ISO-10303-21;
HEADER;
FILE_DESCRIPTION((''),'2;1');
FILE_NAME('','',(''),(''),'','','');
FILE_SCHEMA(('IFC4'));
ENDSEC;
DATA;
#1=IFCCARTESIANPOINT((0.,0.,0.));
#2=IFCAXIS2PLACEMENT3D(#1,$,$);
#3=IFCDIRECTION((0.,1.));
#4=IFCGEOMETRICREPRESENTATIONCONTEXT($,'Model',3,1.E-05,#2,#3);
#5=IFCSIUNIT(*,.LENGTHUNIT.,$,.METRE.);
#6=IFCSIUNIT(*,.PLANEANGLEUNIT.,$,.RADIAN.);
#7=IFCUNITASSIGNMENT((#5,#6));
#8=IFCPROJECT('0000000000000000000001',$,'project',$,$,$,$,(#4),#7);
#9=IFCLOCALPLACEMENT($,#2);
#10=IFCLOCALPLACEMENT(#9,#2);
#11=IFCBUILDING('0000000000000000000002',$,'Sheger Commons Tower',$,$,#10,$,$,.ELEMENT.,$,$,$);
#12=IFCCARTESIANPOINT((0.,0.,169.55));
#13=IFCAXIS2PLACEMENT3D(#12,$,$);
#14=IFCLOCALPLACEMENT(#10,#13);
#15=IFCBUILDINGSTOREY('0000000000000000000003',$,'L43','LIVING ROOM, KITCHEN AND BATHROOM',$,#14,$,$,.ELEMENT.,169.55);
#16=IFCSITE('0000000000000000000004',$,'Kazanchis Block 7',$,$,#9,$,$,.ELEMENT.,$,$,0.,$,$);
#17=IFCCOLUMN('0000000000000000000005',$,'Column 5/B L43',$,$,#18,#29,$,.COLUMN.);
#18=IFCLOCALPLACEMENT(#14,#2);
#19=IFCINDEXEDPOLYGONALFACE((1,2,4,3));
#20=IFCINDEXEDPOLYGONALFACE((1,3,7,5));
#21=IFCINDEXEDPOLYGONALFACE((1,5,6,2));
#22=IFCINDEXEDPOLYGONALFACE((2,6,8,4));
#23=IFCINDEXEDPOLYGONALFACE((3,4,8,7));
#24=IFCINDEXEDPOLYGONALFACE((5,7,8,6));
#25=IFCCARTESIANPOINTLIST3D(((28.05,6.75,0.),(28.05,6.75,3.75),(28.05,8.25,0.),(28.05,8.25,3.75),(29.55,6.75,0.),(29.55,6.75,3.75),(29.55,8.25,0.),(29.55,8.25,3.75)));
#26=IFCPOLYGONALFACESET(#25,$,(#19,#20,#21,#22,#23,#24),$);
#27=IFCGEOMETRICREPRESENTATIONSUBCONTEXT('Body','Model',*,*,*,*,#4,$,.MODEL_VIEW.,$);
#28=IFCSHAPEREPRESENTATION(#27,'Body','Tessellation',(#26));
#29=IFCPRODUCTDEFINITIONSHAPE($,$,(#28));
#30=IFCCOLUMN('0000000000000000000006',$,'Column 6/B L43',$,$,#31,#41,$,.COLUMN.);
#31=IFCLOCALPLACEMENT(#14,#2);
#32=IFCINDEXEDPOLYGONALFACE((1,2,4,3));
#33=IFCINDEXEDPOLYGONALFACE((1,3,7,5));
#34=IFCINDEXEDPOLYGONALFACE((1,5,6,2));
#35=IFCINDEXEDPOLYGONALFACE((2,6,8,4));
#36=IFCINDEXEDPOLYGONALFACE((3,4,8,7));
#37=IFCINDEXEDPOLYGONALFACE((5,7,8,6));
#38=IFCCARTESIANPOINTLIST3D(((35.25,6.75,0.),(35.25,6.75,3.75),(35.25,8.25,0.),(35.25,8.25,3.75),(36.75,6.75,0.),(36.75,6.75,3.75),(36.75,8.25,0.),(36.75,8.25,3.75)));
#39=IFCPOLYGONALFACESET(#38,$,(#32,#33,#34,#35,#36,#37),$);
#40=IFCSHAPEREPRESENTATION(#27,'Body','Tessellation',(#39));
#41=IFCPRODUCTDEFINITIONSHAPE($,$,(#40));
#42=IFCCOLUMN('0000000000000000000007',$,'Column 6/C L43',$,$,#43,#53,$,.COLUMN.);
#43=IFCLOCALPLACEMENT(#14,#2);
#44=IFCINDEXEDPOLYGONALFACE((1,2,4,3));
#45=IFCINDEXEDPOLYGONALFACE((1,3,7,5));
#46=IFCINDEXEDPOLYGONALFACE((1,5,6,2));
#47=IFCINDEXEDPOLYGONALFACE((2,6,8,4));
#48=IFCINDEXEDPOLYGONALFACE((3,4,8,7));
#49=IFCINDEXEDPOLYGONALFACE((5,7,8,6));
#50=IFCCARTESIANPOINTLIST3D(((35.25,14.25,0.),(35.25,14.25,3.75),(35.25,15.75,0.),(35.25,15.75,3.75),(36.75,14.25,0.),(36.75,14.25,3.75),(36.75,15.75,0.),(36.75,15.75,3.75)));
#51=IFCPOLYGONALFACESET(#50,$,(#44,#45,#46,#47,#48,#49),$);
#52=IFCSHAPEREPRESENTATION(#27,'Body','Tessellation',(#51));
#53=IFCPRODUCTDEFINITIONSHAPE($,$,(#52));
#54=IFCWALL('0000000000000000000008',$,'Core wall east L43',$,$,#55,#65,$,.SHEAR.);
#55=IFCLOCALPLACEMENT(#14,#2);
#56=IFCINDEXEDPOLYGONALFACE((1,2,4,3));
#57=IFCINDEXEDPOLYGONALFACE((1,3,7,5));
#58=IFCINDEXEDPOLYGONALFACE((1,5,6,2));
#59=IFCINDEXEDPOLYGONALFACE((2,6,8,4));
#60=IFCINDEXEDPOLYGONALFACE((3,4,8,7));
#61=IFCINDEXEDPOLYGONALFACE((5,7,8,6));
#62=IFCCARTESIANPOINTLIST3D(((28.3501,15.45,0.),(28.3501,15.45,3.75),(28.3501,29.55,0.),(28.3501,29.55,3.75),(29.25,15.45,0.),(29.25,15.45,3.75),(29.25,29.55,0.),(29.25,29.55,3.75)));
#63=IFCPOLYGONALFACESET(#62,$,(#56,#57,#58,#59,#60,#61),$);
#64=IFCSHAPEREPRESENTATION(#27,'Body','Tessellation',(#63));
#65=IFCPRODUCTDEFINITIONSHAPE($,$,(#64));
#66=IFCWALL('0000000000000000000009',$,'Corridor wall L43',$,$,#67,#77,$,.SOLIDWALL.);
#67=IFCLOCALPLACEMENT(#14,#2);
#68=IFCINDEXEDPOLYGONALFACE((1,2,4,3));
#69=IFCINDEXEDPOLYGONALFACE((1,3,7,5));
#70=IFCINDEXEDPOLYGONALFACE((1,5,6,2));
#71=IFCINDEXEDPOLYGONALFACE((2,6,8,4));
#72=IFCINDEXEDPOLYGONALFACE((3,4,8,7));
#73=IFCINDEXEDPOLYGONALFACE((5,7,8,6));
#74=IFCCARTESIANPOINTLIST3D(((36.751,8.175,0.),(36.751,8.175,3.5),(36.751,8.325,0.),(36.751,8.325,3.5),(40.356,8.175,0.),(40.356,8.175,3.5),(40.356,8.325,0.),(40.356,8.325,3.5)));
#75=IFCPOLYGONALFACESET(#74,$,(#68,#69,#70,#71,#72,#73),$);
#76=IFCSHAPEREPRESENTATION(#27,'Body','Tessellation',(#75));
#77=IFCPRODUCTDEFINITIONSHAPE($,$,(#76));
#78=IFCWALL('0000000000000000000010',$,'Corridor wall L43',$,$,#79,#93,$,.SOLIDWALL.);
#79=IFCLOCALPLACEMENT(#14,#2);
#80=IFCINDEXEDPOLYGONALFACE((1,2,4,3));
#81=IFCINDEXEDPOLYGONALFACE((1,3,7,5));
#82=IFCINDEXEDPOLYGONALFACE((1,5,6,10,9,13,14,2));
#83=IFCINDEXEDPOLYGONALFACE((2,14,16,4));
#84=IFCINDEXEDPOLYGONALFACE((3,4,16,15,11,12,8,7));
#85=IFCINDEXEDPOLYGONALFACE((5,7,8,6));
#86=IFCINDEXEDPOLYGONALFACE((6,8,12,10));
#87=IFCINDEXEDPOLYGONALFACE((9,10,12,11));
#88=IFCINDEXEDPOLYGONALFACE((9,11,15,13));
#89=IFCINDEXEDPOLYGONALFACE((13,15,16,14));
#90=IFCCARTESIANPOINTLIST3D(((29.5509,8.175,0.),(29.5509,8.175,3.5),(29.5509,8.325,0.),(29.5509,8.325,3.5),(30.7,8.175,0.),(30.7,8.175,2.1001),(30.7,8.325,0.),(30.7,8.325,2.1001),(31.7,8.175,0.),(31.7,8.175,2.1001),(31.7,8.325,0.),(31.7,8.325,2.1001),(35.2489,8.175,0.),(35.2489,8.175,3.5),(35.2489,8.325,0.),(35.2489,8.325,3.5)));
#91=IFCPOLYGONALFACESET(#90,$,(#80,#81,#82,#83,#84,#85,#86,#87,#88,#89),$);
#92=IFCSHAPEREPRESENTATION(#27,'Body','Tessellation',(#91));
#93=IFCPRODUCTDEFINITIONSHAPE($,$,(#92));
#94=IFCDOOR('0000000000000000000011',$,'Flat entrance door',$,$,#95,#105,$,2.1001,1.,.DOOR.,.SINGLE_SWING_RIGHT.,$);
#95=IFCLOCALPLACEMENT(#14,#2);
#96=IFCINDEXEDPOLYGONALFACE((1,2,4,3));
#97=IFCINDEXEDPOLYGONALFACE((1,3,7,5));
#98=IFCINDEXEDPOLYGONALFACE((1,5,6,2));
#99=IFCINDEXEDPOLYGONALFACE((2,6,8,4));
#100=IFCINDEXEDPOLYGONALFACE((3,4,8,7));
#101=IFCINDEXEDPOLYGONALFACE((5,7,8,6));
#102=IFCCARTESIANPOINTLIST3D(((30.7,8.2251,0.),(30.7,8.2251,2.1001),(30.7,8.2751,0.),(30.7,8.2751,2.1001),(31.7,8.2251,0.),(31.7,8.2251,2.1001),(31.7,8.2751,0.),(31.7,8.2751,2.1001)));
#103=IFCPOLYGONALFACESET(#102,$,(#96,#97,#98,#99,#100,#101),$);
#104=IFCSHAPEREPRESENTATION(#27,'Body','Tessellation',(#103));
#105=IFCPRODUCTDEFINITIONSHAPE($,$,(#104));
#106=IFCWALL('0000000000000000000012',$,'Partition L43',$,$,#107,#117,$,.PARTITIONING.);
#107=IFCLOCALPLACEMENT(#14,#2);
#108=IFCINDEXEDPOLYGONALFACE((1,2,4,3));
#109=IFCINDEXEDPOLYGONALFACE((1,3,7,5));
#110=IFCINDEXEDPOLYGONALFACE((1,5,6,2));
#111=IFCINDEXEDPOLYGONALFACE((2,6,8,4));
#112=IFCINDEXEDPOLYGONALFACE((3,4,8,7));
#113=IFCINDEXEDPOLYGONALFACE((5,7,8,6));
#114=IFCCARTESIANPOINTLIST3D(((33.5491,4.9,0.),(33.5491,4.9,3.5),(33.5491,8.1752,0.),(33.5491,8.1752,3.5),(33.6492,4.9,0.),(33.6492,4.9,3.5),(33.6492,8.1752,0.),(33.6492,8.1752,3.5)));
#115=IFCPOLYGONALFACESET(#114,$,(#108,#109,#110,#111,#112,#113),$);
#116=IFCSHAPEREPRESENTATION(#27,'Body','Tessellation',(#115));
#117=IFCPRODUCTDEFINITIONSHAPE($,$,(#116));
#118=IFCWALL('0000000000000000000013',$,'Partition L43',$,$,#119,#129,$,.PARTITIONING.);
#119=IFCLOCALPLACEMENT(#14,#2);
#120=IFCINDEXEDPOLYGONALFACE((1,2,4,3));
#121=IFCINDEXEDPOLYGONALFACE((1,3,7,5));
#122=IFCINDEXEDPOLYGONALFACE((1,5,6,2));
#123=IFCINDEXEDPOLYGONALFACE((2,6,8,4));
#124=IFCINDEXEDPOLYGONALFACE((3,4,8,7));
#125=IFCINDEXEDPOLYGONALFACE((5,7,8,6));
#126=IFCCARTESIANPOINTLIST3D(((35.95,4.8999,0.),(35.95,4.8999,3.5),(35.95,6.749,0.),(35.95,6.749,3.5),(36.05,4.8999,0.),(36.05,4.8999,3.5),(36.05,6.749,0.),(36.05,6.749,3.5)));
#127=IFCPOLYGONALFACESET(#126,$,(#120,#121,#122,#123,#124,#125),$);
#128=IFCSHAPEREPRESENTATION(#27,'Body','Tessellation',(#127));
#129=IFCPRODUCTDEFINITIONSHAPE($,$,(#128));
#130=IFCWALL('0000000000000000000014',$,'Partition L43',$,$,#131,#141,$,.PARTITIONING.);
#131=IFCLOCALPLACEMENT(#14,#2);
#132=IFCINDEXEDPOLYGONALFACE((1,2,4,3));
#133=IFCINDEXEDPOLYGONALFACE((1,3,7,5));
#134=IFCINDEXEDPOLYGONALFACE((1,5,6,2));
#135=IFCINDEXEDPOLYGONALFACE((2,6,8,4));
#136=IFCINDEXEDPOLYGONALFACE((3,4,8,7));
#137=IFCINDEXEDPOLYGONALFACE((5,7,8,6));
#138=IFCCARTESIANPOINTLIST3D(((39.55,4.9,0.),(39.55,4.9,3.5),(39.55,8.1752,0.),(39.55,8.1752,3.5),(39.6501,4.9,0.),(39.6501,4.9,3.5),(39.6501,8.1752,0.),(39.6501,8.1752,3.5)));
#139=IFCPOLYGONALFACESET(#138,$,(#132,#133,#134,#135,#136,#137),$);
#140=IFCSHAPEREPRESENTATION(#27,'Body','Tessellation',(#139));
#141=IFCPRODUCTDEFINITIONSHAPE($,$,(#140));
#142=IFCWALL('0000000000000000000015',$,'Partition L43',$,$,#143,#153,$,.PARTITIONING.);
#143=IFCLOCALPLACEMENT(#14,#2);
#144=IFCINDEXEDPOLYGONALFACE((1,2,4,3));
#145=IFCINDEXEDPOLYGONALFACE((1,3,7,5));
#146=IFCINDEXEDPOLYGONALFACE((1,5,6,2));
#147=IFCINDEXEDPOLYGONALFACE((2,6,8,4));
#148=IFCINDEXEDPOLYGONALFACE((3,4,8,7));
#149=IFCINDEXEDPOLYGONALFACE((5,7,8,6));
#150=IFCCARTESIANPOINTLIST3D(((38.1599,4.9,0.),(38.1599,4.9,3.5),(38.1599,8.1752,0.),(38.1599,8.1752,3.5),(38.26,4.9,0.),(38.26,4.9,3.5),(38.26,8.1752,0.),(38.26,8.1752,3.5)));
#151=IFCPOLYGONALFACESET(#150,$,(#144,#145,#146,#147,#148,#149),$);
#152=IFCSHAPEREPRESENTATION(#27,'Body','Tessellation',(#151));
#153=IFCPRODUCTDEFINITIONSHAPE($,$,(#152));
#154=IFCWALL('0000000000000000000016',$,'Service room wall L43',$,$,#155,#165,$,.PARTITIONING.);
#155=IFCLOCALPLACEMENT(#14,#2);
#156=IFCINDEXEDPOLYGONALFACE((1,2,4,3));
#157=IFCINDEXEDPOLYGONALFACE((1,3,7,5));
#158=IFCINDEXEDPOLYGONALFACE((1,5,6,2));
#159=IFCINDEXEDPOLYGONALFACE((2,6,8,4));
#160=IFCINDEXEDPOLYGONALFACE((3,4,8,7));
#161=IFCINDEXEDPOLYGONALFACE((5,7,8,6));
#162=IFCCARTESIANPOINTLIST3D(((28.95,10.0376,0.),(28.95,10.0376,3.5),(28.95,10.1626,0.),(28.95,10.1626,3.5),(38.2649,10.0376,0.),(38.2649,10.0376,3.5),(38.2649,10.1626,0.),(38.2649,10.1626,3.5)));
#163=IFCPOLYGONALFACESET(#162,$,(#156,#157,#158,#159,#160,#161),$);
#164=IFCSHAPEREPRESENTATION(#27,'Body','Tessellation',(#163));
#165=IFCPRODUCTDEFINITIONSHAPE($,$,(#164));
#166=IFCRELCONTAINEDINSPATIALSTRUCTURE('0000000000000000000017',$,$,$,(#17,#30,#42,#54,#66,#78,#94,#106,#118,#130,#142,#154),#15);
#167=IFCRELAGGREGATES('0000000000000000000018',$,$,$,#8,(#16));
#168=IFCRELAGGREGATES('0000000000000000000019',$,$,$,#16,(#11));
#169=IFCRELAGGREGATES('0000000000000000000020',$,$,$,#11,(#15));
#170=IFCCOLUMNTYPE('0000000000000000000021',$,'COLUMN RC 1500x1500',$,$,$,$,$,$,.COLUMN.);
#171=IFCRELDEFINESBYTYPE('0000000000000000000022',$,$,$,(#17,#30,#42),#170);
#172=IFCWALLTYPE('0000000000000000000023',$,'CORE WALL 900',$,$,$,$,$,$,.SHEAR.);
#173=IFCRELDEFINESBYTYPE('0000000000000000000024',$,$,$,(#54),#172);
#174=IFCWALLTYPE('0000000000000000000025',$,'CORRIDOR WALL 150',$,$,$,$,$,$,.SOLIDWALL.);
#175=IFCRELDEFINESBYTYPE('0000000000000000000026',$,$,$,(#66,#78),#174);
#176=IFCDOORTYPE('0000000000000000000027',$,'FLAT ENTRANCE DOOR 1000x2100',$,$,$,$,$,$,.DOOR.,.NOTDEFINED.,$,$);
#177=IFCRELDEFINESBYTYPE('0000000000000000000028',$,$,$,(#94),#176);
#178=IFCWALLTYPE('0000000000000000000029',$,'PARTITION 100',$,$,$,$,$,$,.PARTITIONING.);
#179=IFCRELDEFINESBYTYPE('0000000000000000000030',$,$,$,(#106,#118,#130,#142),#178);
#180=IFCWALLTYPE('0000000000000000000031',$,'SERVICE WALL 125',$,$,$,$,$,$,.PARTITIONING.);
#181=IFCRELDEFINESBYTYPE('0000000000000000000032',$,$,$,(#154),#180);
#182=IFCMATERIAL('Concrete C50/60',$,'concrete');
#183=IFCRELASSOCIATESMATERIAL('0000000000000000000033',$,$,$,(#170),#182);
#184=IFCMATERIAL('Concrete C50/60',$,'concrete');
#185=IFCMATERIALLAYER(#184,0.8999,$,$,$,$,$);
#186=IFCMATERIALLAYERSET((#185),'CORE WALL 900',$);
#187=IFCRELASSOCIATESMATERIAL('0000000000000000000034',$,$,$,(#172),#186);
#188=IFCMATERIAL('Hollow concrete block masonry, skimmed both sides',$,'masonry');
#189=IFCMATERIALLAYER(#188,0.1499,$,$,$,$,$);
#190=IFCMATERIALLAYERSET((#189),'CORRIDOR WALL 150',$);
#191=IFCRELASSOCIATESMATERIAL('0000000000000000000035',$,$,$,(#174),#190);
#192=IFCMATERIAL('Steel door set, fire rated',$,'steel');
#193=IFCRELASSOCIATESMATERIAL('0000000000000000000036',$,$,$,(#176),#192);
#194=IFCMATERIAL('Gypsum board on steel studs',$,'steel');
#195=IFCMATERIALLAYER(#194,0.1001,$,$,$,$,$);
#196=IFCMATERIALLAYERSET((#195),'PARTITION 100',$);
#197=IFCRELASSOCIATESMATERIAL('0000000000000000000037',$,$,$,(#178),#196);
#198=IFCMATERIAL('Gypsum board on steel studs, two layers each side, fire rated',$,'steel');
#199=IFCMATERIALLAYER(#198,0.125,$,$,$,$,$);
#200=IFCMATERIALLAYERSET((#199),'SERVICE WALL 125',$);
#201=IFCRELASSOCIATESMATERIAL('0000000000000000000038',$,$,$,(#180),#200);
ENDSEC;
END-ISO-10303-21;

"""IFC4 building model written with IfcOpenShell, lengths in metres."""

from ifc_helpers import new_model, si_unit, direction, frame, frame_2d, origin, origin_2d, place, context, subcontext, project, spatial, rectangle, extrude, material, layer, layer_set, material_profile, profile_set, type_object, element, fill, save


model = new_model("IFC4")

# Units and contexts
model_context = context("Model", 3, precision=1e-05, world=origin(), true_north=direction((0.0, 1.0)))
body_context = subcontext(model_context, "Body", "Model", "MODEL_VIEW")
ifc_project = project(units=[si_unit("LENGTHUNIT", "METRE"), si_unit("PLANEANGLEUNIT", "RADIAN")], contexts=[model_context])

# Site, building, storey
site_placement = place(None, origin())
site = spatial("IfcSite", under=ifc_project, at=site_placement, Name="Kazanchis Block 7", CompositionType="ELEMENT", RefElevation=0.0)
building_placement = place(site_placement, origin())
building = spatial("IfcBuilding", under=site, at=building_placement, Name="Sheger Commons Tower", CompositionType="ELEMENT")
storey_placement = place(building_placement, frame((0.0, 0.0, 169.55)))
storey = spatial("IfcBuildingStorey", under=building, at=storey_placement, Name="L43", Description="LIVING ROOM, KITCHEN AND BATHROOM", CompositionType="ELEMENT", Elevation=169.55)

# Columns
ifc_material_1 = material(Name="Concrete C50/60", Category="concrete")
ifc_material_profile = material_profile(ifc_material_1, rectangle(XDim=1.5, YDim=1.5, at=origin_2d()), Name="RC 1500x1500")
ifc_profile_set = profile_set([ifc_material_profile], Name="Concrete C50/60")
column_type = type_object("IfcColumnType", Name="COLUMN RC 1500x1500", PredefinedType="COLUMN", material=ifc_profile_set)
for number, where, z_axis, x_axis, name in (
    (1, (28.8, 7.5, 0.0), (0.0, 0.0, 1.0), (1.0, 0.0, 0.0), "Column 5/B L43"),
    (2, (36.0, 7.5, 0.0), (0.0, 0.0, 1.0), (1.0, 0.0, 0.0), "Column 6/B L43"),
    (3, (36.0, 15.0, 0.0), (0.0, 0.0, 1.0), (1.0, 0.0, 0.0), "Column 6/C L43"),
):
    element("IfcColumn", number, at=place(storey_placement, frame(where, z_axis=z_axis, x_axis=x_axis)), inside=storey, type_object=column_type, Name=name, PredefinedType="COLUMN", context=body_context, shape_type="SweptSolid", body=[
        extrude(rectangle(XDim=1.5, YDim=1.5, at=origin_2d()), origin(), (0.0, 0.0, 1.0), 3.75),
    ])

# Walls
ifc_material_2 = material(Name="Concrete C50/60", Category="concrete")
ifc_layer_1 = layer(ifc_material_2, 0.8999)
ifc_layer_set_1 = layer_set([ifc_layer_1], Name="CORE WALL 900")
wall_type_1 = type_object("IfcWallType", Name="CORE WALL 900", PredefinedType="SHEAR", material=ifc_layer_set_1)
wall_1_placement = place(storey_placement, frame((28.8, 15.45, 0.0), z_axis=(0.0, 0.0, 1.0), x_axis=(0.0, 1.0, 0.0)))
element("IfcWall", 4, at=wall_1_placement, inside=storey, type_object=wall_type_1, Name="Core wall east L43", PredefinedType="SHEAR", context=body_context, shape_type="SweptSolid", body=[
    extrude(rectangle(XDim=14.1001, YDim=0.8999, at=frame_2d((7.05, 0.0))), origin(), (0.0, 0.0, 1.0), 3.75),
])
ifc_material_3 = material(Name="Hollow concrete block masonry, skimmed both sides", Category="masonry")
ifc_layer_2 = layer(ifc_material_3, 0.1499)
ifc_layer_set_2 = layer_set([ifc_layer_2], Name="CORRIDOR WALL 150")
wall_type_2 = type_object("IfcWallType", Name="CORRIDOR WALL 150", PredefinedType="SOLIDWALL", material=ifc_layer_set_2)
wall_2_placement = place(storey_placement, frame((40.356, 8.25, 0.0), z_axis=(0.0, 0.0, 1.0), x_axis=(-1.0, 0.0, 0.0)))
element("IfcWall", 5, at=wall_2_placement, inside=storey, type_object=wall_type_2, Name="Corridor wall L43", PredefinedType="SOLIDWALL", context=body_context, shape_type="SweptSolid", body=[
    extrude(rectangle(XDim=3.605, YDim=0.1499, at=frame_2d((1.8025, 0.0))), origin(), (0.0, 0.0, 1.0), 3.5),
])

# Wall, opening, door
wall_3_placement = place(storey_placement, frame((35.249, 8.25, 0.0), z_axis=(0.0, 0.0, 1.0), x_axis=(-1.0, 0.0, 0.0)))
wall_3 = element("IfcWall", 6, at=wall_3_placement, inside=storey, type_object=wall_type_2, Name="Corridor wall L43", PredefinedType="SOLIDWALL", context=body_context, shape_type="SweptSolid", body=[
    extrude(rectangle(XDim=5.698, YDim=0.1499, at=frame_2d((2.8491, 0.0))), origin(), (0.0, 0.0, 1.0), 3.5),
])
opening_1_placement = place(wall_3_placement, frame((3.5491, 0.0, 0.0)))
opening_1 = element("IfcOpeningElement", 7, at=opening_1_placement, cuts=wall_3, PredefinedType="OPENING", context=body_context, shape_type="SweptSolid", body=[
    extrude(rectangle(XDim=1.0, YDim=2.1001, at=frame_2d((0.5, 1.05))), frame((0.0, 0.085, 0.0), z_axis=(0.0, -1.0, 0.0), x_axis=(1.0, 0.0, 0.0)), (0.0, 0.0, 1.0), 0.1699),
])
ifc_material_4 = material(Name="Steel door set, fire rated", Category="steel")
door_type_1 = type_object("IfcDoorType", Name="FLAT ENTRANCE DOOR 1000x2100", OperationType="NOTDEFINED", PredefinedType="DOOR", material=ifc_material_4)
door_1_placement = place(opening_1_placement, origin())
door_1 = element("IfcDoor", 8, at=door_1_placement, inside=storey, type_object=door_type_1, Name="Flat entrance door", OperationType="SINGLE_SWING_RIGHT", OverallHeight=2.1001, OverallWidth=1.0, PredefinedType="DOOR", context=body_context, shape_type="SweptSolid", body=[
    extrude(rectangle(XDim=1.0, YDim=2.1001, at=frame_2d((0.5, 1.05))), frame((0.0, 0.0249, 0.0), z_axis=(0.0, -1.0, 0.0), x_axis=(1.0, 0.0, 0.0)), (0.0, 0.0, 1.0), 0.05),
])
fill(opening_1, door_1)

# Walls
ifc_material_5 = material(Name="Gypsum board on steel studs", Category="steel")
ifc_layer_3 = layer(ifc_material_5, 0.1001)
ifc_layer_set_3 = layer_set([ifc_layer_3], Name="PARTITION 100")
wall_type_3 = type_object("IfcWallType", Name="PARTITION 100", PredefinedType="PARTITIONING", material=ifc_layer_set_3)
wall_4_placement = place(storey_placement, frame((33.5991, 4.8999, 0.0), z_axis=(0.0, 0.0, 1.0), x_axis=(0.0, 1.0, 0.0)))
element("IfcWall", 9, at=wall_4_placement, inside=storey, type_object=wall_type_3, Name="Partition L43", PredefinedType="PARTITIONING", context=body_context, shape_type="SweptSolid", body=[
    extrude(rectangle(XDim=3.2751, YDim=0.1001, at=frame_2d((1.6377, 0.0))), origin(), (0.0, 0.0, 1.0), 3.5),
])
wall_5_placement = place(storey_placement, frame((36.0, 4.8999, 0.0), z_axis=(0.0, 0.0, 1.0), x_axis=(0.0, 1.0, 0.0)))
element("IfcWall", 10, at=wall_5_placement, inside=storey, type_object=wall_type_3, Name="Partition L43", PredefinedType="PARTITIONING", context=body_context, shape_type="SweptSolid", body=[
    extrude(rectangle(XDim=1.8491, YDim=0.1001, at=frame_2d((0.9246, 0.0))), origin(), (0.0, 0.0, 1.0), 3.5),
])
for number, where, z_axis, x_axis, name in (
    (11, (39.6001, 4.8999, 0.0), (0.0, 0.0, 1.0), (0.0, 1.0, 0.0), "Partition L43"),
    (12, (38.21, 4.8999, 0.0), (0.0, 0.0, 1.0), (0.0, 1.0, 0.0), "Partition L43"),
):
    element("IfcWall", number, at=place(storey_placement, frame(where, z_axis=z_axis, x_axis=x_axis)), inside=storey, type_object=wall_type_3, Name=name, PredefinedType="PARTITIONING", context=body_context, shape_type="SweptSolid", body=[
        extrude(rectangle(XDim=3.2751, YDim=0.1001, at=frame_2d((1.6377, 0.0))), origin(), (0.0, 0.0, 1.0), 3.5),
    ])
ifc_material_6 = material(Name="Gypsum board on steel studs, two layers each side, fire rated", Category="steel")
ifc_layer_4 = layer(ifc_material_6, 0.125)
ifc_layer_set_4 = layer_set([ifc_layer_4], Name="SERVICE WALL 125")
wall_type_4 = type_object("IfcWallType", Name="SERVICE WALL 125", PredefinedType="PARTITIONING", material=ifc_layer_set_4)
wall_6_placement = place(storey_placement, frame((28.95, 10.1001, 0.0), z_axis=(0.0, 0.0, 1.0), x_axis=(1.0, 0.0, 0.0)))
element("IfcWall", 13, at=wall_6_placement, inside=storey, type_object=wall_type_4, Name="Service room wall L43", PredefinedType="PARTITIONING", context=body_context, shape_type="SweptSolid", body=[
    extrude(rectangle(XDim=9.3149, YDim=0.125, at=frame_2d((4.6575, 0.0))), origin(), (0.0, 0.0, 1.0), 3.5),
])

save(model, "model.ifc")
